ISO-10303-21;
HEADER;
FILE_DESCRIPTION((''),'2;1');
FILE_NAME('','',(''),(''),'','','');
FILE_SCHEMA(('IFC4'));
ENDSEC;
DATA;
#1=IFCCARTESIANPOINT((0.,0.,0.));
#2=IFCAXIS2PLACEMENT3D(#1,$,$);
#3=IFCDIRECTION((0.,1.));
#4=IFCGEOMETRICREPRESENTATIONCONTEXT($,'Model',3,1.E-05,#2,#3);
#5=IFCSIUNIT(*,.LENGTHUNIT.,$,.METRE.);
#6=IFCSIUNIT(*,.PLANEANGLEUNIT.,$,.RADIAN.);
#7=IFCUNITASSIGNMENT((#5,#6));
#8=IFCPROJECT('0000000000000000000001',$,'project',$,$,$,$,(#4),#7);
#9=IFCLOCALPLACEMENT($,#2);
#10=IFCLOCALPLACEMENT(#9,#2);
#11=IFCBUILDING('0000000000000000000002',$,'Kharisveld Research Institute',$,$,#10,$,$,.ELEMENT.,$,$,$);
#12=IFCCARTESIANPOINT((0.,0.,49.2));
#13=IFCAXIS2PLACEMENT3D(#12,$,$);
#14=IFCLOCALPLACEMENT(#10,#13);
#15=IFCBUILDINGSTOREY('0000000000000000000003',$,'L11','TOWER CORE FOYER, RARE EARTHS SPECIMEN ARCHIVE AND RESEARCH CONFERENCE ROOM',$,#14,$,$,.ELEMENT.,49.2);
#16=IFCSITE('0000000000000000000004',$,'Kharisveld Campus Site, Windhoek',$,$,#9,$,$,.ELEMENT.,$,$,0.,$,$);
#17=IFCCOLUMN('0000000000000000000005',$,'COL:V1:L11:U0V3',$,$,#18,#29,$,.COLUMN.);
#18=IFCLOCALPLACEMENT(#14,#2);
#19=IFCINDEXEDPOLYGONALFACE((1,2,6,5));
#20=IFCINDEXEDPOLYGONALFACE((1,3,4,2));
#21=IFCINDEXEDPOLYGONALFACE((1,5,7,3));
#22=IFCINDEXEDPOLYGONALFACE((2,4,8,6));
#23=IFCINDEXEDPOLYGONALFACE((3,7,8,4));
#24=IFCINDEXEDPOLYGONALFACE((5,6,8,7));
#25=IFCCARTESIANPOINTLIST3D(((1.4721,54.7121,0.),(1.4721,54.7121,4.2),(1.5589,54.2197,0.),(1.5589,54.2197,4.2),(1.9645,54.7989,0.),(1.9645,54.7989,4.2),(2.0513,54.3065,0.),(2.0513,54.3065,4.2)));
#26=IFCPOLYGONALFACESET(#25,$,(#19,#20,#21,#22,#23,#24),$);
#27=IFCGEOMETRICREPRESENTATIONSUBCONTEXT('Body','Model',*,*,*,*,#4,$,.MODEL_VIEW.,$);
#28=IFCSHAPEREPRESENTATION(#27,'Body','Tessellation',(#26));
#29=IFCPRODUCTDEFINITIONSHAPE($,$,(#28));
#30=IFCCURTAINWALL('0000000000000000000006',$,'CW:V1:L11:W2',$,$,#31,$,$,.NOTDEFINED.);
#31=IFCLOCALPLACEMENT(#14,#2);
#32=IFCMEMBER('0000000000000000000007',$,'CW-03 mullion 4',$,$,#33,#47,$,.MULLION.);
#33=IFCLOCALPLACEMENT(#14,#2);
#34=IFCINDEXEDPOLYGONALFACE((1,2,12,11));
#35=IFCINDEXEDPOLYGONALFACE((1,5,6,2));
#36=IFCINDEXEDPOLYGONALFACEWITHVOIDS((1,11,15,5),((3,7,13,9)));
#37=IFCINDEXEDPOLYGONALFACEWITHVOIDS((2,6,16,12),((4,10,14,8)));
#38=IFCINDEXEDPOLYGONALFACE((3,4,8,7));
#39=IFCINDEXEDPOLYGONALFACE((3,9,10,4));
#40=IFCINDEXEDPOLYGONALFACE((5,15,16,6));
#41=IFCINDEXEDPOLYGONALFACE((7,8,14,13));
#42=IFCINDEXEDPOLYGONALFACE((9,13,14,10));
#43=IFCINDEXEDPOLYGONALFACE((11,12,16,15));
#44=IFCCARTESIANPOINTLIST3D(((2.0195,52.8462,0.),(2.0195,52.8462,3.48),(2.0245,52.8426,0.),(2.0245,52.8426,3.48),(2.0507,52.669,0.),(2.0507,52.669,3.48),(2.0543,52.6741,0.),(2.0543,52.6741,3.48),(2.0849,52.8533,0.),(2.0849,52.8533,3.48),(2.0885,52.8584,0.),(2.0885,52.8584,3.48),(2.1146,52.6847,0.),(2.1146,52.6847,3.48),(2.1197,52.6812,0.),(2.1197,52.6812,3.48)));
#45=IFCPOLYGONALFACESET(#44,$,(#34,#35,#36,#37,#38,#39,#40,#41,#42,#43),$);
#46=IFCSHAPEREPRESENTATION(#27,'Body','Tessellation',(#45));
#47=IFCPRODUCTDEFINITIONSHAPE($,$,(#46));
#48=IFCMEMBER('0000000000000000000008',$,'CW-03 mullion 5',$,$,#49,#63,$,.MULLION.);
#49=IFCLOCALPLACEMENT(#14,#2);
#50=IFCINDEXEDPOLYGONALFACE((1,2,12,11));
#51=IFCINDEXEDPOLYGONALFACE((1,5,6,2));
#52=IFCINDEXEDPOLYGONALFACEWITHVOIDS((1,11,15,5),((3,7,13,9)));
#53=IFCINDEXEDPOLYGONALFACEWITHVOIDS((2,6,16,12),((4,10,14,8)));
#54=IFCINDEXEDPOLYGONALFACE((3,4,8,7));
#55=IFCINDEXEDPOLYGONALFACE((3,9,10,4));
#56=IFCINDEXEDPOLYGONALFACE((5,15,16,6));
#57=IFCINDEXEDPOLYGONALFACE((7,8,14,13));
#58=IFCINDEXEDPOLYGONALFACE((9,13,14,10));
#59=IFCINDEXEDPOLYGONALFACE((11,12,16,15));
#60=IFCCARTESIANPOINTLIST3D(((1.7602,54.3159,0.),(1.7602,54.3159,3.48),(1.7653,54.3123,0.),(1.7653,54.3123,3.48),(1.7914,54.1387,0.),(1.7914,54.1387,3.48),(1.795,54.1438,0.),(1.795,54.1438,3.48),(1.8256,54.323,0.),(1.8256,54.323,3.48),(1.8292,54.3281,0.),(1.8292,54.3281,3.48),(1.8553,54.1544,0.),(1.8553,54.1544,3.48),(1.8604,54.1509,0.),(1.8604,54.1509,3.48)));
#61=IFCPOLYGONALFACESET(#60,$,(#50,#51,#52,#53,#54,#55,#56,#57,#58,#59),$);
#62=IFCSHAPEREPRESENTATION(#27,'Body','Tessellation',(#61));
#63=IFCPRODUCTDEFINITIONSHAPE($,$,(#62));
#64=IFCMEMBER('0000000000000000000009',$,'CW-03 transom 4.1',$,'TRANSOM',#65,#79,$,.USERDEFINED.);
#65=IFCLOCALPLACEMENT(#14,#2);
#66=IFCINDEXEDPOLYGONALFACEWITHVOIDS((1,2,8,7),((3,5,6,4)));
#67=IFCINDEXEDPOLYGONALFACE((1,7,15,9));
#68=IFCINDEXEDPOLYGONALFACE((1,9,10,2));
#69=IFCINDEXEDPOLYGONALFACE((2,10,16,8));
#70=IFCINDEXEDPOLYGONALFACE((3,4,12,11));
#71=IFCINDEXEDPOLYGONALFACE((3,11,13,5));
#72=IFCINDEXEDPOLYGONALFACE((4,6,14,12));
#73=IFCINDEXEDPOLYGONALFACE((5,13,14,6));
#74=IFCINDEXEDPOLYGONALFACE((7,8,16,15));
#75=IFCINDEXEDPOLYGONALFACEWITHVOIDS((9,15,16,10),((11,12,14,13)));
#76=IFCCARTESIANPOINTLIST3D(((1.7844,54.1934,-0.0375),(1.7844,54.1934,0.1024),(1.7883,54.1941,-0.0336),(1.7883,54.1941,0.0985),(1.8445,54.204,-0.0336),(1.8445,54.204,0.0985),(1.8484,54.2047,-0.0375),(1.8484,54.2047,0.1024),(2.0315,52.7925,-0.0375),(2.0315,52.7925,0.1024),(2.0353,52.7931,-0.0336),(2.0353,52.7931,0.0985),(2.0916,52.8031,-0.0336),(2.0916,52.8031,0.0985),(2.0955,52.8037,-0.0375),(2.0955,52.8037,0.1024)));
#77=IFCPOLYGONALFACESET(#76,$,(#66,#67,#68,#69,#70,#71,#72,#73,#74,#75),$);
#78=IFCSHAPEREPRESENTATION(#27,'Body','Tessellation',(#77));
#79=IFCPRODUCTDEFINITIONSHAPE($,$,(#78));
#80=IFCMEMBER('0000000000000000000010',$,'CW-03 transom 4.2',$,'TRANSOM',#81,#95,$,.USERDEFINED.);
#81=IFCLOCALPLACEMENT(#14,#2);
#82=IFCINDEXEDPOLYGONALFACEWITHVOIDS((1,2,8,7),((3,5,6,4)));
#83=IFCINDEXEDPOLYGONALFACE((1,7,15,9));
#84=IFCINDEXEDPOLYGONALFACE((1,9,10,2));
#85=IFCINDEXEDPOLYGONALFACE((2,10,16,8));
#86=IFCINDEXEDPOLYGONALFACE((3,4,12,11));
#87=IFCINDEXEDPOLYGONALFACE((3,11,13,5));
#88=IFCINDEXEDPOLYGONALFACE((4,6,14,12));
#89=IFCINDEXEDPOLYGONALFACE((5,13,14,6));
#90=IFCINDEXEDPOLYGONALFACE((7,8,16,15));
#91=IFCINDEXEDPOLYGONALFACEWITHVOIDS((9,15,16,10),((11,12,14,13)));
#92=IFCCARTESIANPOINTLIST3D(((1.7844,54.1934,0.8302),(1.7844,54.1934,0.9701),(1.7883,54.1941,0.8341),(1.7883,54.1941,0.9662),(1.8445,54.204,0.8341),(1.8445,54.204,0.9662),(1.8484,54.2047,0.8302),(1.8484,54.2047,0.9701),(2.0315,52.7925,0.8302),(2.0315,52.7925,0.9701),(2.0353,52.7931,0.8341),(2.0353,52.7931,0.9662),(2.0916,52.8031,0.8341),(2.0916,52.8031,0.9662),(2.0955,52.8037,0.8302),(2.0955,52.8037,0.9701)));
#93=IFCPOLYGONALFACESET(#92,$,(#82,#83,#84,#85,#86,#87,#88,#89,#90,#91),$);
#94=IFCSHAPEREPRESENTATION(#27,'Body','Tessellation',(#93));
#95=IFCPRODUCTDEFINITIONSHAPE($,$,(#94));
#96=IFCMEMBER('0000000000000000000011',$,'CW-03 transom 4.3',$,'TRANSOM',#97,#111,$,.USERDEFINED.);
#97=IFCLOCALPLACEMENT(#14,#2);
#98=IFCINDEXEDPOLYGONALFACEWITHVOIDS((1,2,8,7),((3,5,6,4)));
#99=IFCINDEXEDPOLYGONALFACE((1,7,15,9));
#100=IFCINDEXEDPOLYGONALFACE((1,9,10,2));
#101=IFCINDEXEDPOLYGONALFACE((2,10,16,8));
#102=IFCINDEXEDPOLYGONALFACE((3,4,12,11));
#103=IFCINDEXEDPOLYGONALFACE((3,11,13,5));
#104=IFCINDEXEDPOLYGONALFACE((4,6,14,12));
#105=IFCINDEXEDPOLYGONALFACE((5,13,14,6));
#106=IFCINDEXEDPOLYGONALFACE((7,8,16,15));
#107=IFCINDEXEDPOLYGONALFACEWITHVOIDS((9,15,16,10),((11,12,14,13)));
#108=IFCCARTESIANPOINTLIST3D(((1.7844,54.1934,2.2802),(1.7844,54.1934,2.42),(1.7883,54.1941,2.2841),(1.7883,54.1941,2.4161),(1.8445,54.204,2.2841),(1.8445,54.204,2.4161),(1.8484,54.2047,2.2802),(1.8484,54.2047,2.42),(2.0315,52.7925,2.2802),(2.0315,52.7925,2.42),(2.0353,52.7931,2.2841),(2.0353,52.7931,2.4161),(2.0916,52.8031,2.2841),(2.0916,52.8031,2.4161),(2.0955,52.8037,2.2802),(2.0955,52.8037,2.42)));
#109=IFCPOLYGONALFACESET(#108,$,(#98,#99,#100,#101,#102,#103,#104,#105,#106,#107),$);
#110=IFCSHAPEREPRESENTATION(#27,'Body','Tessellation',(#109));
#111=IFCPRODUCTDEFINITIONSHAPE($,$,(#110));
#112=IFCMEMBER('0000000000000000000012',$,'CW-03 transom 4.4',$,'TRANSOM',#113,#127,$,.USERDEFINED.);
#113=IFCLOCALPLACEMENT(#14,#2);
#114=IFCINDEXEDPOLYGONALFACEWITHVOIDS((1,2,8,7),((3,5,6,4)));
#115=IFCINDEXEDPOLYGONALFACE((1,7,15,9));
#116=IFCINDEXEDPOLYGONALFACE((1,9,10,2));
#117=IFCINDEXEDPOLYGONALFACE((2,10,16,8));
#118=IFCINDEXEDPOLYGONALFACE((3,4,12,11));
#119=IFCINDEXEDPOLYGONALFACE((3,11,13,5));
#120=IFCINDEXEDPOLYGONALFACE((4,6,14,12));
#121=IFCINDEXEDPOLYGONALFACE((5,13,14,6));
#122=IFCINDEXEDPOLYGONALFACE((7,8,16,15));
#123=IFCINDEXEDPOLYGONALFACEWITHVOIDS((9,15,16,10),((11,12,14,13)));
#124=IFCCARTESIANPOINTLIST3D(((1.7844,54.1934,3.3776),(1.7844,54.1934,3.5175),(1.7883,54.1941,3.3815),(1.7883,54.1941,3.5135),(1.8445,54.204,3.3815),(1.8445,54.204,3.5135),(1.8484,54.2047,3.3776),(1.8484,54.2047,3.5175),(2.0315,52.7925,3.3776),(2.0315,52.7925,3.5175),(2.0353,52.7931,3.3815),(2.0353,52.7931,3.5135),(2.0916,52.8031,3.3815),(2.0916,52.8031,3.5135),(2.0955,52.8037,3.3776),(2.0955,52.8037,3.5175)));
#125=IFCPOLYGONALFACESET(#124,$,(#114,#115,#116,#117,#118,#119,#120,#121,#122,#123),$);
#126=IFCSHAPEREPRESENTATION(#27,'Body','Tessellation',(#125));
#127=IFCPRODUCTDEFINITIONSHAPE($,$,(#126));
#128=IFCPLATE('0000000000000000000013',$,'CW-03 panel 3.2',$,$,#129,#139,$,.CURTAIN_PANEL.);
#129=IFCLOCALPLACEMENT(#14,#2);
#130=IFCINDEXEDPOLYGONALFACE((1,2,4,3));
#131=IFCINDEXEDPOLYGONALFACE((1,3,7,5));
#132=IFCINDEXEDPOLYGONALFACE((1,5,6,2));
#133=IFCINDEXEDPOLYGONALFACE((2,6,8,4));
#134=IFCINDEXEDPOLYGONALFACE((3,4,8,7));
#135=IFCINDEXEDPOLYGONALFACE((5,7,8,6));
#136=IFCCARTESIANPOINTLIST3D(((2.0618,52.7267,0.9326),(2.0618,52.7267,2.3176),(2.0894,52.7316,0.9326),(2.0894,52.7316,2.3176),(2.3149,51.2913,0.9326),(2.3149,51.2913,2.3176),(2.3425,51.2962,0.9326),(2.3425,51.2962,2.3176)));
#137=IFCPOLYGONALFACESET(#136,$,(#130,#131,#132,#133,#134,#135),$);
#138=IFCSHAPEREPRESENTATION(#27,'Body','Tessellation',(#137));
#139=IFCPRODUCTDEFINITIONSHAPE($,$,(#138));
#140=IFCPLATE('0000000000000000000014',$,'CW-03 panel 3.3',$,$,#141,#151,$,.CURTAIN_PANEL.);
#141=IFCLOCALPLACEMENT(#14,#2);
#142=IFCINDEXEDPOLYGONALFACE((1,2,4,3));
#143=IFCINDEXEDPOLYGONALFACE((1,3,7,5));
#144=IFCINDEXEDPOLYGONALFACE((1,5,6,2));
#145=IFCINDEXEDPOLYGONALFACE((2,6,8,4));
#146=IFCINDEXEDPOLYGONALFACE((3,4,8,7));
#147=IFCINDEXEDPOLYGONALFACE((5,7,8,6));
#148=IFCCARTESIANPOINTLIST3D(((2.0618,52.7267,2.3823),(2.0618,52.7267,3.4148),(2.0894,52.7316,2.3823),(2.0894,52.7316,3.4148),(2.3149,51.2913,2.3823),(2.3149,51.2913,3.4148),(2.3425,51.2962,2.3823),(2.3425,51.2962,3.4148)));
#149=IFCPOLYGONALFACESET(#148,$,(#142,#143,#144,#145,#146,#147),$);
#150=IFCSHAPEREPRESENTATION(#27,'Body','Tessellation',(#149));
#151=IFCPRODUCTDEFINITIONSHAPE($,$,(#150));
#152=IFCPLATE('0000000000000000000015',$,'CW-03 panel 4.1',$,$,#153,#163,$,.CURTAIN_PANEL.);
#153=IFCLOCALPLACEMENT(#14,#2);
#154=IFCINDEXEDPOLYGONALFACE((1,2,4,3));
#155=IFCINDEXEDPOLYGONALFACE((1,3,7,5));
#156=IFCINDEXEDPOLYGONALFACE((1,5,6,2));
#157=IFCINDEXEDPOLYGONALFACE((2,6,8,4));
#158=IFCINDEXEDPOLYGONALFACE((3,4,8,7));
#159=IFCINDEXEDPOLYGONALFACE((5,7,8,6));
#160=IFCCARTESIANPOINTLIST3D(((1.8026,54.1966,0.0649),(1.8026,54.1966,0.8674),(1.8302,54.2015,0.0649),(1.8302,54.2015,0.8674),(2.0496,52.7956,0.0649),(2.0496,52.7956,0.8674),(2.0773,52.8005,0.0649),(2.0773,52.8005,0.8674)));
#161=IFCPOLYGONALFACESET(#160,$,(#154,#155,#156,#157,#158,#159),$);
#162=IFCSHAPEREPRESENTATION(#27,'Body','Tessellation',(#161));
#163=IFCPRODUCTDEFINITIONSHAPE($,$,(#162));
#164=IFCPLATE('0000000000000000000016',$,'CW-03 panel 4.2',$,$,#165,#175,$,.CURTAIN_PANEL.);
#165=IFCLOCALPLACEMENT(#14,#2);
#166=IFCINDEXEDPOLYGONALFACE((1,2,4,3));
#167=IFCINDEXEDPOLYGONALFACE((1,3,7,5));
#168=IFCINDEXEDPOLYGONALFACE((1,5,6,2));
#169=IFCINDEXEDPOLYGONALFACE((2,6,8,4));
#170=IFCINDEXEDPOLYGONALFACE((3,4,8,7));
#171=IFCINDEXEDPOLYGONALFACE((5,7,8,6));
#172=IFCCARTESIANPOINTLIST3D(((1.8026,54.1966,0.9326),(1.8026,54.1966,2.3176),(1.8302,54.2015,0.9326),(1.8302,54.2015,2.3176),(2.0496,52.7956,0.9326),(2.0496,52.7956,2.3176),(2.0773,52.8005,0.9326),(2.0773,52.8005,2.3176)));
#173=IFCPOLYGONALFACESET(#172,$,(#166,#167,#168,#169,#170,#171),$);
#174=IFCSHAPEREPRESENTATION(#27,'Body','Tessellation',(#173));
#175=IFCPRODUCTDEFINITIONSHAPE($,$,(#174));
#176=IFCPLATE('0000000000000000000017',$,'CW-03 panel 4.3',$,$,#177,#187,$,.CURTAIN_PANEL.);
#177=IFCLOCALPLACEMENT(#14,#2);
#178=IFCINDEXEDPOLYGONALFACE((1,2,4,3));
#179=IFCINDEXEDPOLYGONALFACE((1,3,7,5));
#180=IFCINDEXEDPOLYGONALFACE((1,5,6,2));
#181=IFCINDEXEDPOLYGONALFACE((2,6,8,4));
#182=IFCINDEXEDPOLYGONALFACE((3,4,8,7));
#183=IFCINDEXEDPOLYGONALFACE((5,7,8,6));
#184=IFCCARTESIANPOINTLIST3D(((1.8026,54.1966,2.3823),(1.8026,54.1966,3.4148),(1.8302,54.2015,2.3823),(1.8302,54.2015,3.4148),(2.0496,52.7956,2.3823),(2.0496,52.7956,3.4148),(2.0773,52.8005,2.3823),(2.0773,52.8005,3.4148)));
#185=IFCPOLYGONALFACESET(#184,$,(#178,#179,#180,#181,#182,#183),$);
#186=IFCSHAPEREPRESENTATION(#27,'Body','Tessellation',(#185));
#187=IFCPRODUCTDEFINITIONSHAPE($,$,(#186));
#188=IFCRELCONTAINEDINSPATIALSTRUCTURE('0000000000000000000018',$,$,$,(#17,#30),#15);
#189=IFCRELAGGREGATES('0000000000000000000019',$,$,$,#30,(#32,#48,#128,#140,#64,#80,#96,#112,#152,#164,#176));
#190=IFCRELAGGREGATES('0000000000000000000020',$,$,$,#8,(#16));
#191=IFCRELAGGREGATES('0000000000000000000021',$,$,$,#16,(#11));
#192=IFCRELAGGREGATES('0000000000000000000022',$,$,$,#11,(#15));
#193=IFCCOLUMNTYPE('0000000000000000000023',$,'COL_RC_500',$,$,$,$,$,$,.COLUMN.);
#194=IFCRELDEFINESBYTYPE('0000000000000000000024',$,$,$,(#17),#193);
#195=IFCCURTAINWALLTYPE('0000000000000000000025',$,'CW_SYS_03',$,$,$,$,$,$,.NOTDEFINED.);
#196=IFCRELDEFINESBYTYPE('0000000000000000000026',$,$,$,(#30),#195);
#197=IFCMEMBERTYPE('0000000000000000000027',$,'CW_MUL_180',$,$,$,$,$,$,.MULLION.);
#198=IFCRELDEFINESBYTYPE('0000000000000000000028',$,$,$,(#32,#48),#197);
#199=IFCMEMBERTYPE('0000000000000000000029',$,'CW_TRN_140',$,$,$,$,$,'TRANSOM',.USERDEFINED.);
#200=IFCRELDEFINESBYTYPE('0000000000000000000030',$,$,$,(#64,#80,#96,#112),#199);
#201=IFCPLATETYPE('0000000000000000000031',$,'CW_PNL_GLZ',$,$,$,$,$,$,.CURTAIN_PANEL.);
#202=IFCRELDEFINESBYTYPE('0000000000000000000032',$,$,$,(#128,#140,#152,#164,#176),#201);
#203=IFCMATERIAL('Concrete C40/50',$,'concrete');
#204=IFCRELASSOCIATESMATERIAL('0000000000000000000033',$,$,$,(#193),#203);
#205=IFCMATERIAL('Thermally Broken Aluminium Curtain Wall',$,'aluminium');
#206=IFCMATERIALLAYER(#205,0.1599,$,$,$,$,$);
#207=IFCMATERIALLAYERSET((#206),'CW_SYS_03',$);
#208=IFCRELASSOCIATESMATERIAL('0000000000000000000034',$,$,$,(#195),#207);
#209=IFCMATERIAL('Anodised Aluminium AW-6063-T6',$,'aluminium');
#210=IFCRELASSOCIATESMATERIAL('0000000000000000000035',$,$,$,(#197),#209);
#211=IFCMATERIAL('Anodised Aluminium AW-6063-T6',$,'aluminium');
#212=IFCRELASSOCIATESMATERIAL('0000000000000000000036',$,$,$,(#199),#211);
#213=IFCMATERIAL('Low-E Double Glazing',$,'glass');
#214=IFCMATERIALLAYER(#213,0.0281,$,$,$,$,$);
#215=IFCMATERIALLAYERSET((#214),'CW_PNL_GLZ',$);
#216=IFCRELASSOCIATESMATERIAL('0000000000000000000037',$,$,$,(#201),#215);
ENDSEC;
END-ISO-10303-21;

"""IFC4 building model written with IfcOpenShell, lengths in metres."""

from ifc_helpers import new_model, si_unit, direction, frame, origin, origin_2d, place, context, subcontext, project, spatial, rectangle, hollow_rectangle, extrude, material, layer, layer_set, material_profile, profile_set, type_object, element, aggregate, save


model = new_model("IFC4")

# Units and contexts
model_context = context("Model", 3, precision=1e-05, world=origin(), true_north=direction((0.0, 1.0)))
body_context = subcontext(model_context, "Body", "Model", "MODEL_VIEW")
ifc_project = project(units=[si_unit("LENGTHUNIT", "METRE"), si_unit("PLANEANGLEUNIT", "RADIAN")], contexts=[model_context])

# Site, building, storey
site_placement = place(None, origin())
site = spatial("IfcSite", under=ifc_project, at=site_placement, Name="Kharisveld Campus Site, Windhoek", CompositionType="ELEMENT", RefElevation=0.0)
building_placement = place(site_placement, origin())
building = spatial("IfcBuilding", under=site, at=building_placement, Name="Kharisveld Research Institute", CompositionType="ELEMENT")
storey_placement = place(building_placement, frame((0.0, 0.0, 49.2)))
storey = spatial("IfcBuildingStorey", under=building, at=storey_placement, Name="L11", Description="TOWER CORE FOYER, RARE EARTHS SPECIMEN ARCHIVE AND RESEARCH CONFERENCE ROOM", CompositionType="ELEMENT", Elevation=49.2)

# Column
ifc_material_1 = material(Name="Concrete C40/50", Category="concrete")
ifc_material_profile_1 = material_profile(ifc_material_1, rectangle(XDim=0.5, YDim=0.5, at=origin_2d()))
ifc_profile_set_1 = profile_set([ifc_material_profile_1], Name="Concrete C40/50")
column_type = type_object("IfcColumnType", Name="COL_RC_500", PredefinedType="COLUMN", material=ifc_profile_set_1)
column_placement = place(storey_placement, frame((1.7617, 54.5093, 0.0), z_axis=(0.0, 0.0, 1.0), x_axis=(0.984808, 0.173648, 0.0)))
element("IfcColumn", 1, at=column_placement, inside=storey, type_object=column_type, Name="COL:V1:L11:U0V3", PredefinedType="COLUMN", context=body_context, shape_type="SweptSolid", body=[
    extrude(rectangle(XDim=0.5, YDim=0.5, at=origin_2d()), origin(), (0.0, 0.0, 1.0), 4.2),
])

# Curtain wall, members, plates
ifc_material_2 = material(Name="Thermally Broken Aluminium Curtain Wall", Category="aluminium")
ifc_layer_1 = layer(ifc_material_2, 0.1599)
ifc_layer_set_1 = layer_set([ifc_layer_1], Name="CW_SYS_03")
curtain_wall_type = type_object("IfcCurtainWallType", Name="CW_SYS_03", PredefinedType="NOTDEFINED", material=ifc_layer_set_1)
curtain_wall_placement = place(storey_placement, origin())
curtain_wall = element("IfcCurtainWall", 2, at=curtain_wall_placement, inside=storey, type_object=curtain_wall_type, Name="CW:V1:L11:W2", PredefinedType="NOTDEFINED")
ifc_material_3 = material(Name="Anodised Aluminium AW-6063-T6", Category="aluminium")
ifc_material_profile_2 = material_profile(ifc_material_3, hollow_rectangle(XDim=0.0701, YDim=0.1799, WallThickness=0.0044, at=origin_2d()))
ifc_profile_set_2 = profile_set([ifc_material_profile_2], Name="Anodised Aluminium AW-6063-T6")
member_type_1 = type_object("IfcMemberType", Name="CW_MUL_180", PredefinedType="MULLION", material=ifc_profile_set_2)
member_1_placement = place(storey_placement, frame((2.0696, 52.7637, 0.0), z_axis=(0.0, 0.0, 1.0), x_axis=(-0.984808, -0.173648, 0.0)))
member_1 = element("IfcMember", 3, at=member_1_placement, type_object=member_type_1, Name="CW-03 mullion 4", PredefinedType="MULLION", context=body_context, shape_type="SweptSolid", body=[
    extrude(hollow_rectangle(XDim=0.0701, YDim=0.1799, WallThickness=0.0044, at=origin_2d()), origin(), (0.0, 0.0, 1.0), 3.48),
])
member_2_placement = place(storey_placement, frame((1.8103, 54.2334, 0.0), z_axis=(0.0, 0.0, 1.0), x_axis=(-0.984808, -0.173648, 0.0)))
member_2 = element("IfcMember", 4, at=member_2_placement, type_object=member_type_1, Name="CW-03 mullion 5", PredefinedType="MULLION", context=body_context, shape_type="SweptSolid", body=[
    extrude(hollow_rectangle(XDim=0.0701, YDim=0.1799, WallThickness=0.0044, at=origin_2d()), origin(), (0.0, 0.0, 1.0), 3.48),
])
ifc_material_4 = material(Name="Anodised Aluminium AW-6063-T6", Category="aluminium")
ifc_material_profile_3 = material_profile(ifc_material_4, hollow_rectangle(XDim=0.0649, YDim=0.1399, WallThickness=0.0039, at=origin_2d()))
ifc_profile_set_3 = profile_set([ifc_material_profile_3], Name="Anodised Aluminium AW-6063-T6")
member_type_2 = type_object("IfcMemberType", Name="CW_TRN_140", ElementType="TRANSOM", PredefinedType="USERDEFINED", material=ifc_profile_set_3)
member_3_placement = place(storey_placement, frame((2.0635, 52.7981, 0.0325), z_axis=(-0.173687, 0.984801, 0.0), x_axis=(-0.984801, -0.173687, 0.0)))
member_3 = element("IfcMember", 5, at=member_3_placement, type_object=member_type_2, Name="CW-03 transom 4.1", ObjectType="TRANSOM", PredefinedType="USERDEFINED", context=body_context, shape_type="SweptSolid", body=[
    extrude(hollow_rectangle(XDim=0.0649, YDim=0.1399, WallThickness=0.0039, at=origin_2d()), origin(), (0.0, 0.0, 1.0), 1.4226),
])
member_4_placement = place(storey_placement, frame((2.0635, 52.7981, 0.9001), z_axis=(-0.173687, 0.984801, 0.0), x_axis=(-0.984801, -0.173687, 0.0)))
member_4 = element("IfcMember", 6, at=member_4_placement, type_object=member_type_2, Name="CW-03 transom 4.2", ObjectType="TRANSOM", PredefinedType="USERDEFINED", context=body_context, shape_type="SweptSolid", body=[
    extrude(hollow_rectangle(XDim=0.0649, YDim=0.1399, WallThickness=0.0039, at=origin_2d()), origin(), (0.0, 0.0, 1.0), 1.4226),
])
member_5_placement = place(storey_placement, frame((2.0635, 52.7981, 2.3501), z_axis=(-0.173687, 0.984801, 0.0), x_axis=(-0.984801, -0.173687, 0.0)))
member_5 = element("IfcMember", 7, at=member_5_placement, type_object=member_type_2, Name="CW-03 transom 4.3", ObjectType="TRANSOM", PredefinedType="USERDEFINED", context=body_context, shape_type="SweptSolid", body=[
    extrude(hollow_rectangle(XDim=0.0649, YDim=0.1399, WallThickness=0.0039, at=origin_2d()), origin(), (0.0, 0.0, 1.0), 1.4226),
])
member_6_placement = place(storey_placement, frame((2.0635, 52.7981, 3.4475), z_axis=(-0.173687, 0.984801, 0.0), x_axis=(-0.984801, -0.173687, 0.0)))
member_6 = element("IfcMember", 8, at=member_6_placement, type_object=member_type_2, Name="CW-03 transom 4.4", ObjectType="TRANSOM", PredefinedType="USERDEFINED", context=body_context, shape_type="SweptSolid", body=[
    extrude(hollow_rectangle(XDim=0.0649, YDim=0.1399, WallThickness=0.0039, at=origin_2d()), origin(), (0.0, 0.0, 1.0), 1.4226),
])
ifc_material_5 = material(Name="Low-E Double Glazing", Category="glass")
ifc_layer_2 = layer(ifc_material_5, 0.0281)
ifc_layer_set_2 = layer_set([ifc_layer_2], Name="CW_PNL_GLZ")
plate_type = type_object("IfcPlateType", Name="CW_PNL_GLZ", PredefinedType="CURTAIN_PANEL", material=ifc_layer_set_2)
plate_1_placement = place(storey_placement, frame((2.2021, 52.0115, 0.9326), z_axis=(0.0, 0.0, 1.0), x_axis=(-0.173648, 0.984808, 0.0)))
plate_1 = element("IfcPlate", 9, at=plate_1_placement, type_object=plate_type, Name="CW-03 panel 3.2", PredefinedType="CURTAIN_PANEL", context=body_context, shape_type="SweptSolid", body=[
    extrude(rectangle(XDim=1.4575, YDim=0.0281, at=origin_2d()), origin(), (0.0, 0.0, 1.0), 1.385),
])
plate_2_placement = place(storey_placement, frame((2.2021, 52.0115, 2.3823), z_axis=(0.0, 0.0, 1.0), x_axis=(-0.173648, 0.984808, 0.0)))
plate_2 = element("IfcPlate", 10, at=plate_2_placement, type_object=plate_type, Name="CW-03 panel 3.3", PredefinedType="CURTAIN_PANEL", context=body_context, shape_type="SweptSolid", body=[
    extrude(rectangle(XDim=1.4575, YDim=0.0281, at=origin_2d()), origin(), (0.0, 0.0, 1.0), 1.0325),
])
plate_3_placement = place(storey_placement, frame((1.9399, 53.4985, 0.0649), z_axis=(0.0, 0.0, 1.0), x_axis=(-0.173648, 0.984808, 0.0)))
plate_3 = element("IfcPlate", 11, at=plate_3_placement, type_object=plate_type, Name="CW-03 panel 4.1", PredefinedType="CURTAIN_PANEL", context=body_context, shape_type="SweptSolid", body=[
    extrude(rectangle(XDim=1.4226, YDim=0.0281, at=origin_2d()), origin(), (0.0, 0.0, 1.0), 0.8025),
])
plate_4_placement = place(storey_placement, frame((1.9399, 53.4985, 0.9326), z_axis=(0.0, 0.0, 1.0), x_axis=(-0.173648, 0.984808, 0.0)))
plate_4 = element("IfcPlate", 12, at=plate_4_placement, type_object=plate_type, Name="CW-03 panel 4.2", PredefinedType="CURTAIN_PANEL", context=body_context, shape_type="SweptSolid", body=[
    extrude(rectangle(XDim=1.4226, YDim=0.0281, at=origin_2d()), origin(), (0.0, 0.0, 1.0), 1.385),
])
plate_5_placement = place(storey_placement, frame((1.9399, 53.4985, 2.3823), z_axis=(0.0, 0.0, 1.0), x_axis=(-0.173648, 0.984808, 0.0)))
plate_5 = element("IfcPlate", 13, at=plate_5_placement, type_object=plate_type, Name="CW-03 panel 4.3", PredefinedType="CURTAIN_PANEL", context=body_context, shape_type="SweptSolid", body=[
    extrude(rectangle(XDim=1.4226, YDim=0.0281, at=origin_2d()), origin(), (0.0, 0.0, 1.0), 1.0325),
])
aggregate(curtain_wall, [member_1, member_2, plate_1, plate_2, member_3, member_4, member_5, member_6, plate_3, plate_4, plate_5])

save(model, "model.ifc")
